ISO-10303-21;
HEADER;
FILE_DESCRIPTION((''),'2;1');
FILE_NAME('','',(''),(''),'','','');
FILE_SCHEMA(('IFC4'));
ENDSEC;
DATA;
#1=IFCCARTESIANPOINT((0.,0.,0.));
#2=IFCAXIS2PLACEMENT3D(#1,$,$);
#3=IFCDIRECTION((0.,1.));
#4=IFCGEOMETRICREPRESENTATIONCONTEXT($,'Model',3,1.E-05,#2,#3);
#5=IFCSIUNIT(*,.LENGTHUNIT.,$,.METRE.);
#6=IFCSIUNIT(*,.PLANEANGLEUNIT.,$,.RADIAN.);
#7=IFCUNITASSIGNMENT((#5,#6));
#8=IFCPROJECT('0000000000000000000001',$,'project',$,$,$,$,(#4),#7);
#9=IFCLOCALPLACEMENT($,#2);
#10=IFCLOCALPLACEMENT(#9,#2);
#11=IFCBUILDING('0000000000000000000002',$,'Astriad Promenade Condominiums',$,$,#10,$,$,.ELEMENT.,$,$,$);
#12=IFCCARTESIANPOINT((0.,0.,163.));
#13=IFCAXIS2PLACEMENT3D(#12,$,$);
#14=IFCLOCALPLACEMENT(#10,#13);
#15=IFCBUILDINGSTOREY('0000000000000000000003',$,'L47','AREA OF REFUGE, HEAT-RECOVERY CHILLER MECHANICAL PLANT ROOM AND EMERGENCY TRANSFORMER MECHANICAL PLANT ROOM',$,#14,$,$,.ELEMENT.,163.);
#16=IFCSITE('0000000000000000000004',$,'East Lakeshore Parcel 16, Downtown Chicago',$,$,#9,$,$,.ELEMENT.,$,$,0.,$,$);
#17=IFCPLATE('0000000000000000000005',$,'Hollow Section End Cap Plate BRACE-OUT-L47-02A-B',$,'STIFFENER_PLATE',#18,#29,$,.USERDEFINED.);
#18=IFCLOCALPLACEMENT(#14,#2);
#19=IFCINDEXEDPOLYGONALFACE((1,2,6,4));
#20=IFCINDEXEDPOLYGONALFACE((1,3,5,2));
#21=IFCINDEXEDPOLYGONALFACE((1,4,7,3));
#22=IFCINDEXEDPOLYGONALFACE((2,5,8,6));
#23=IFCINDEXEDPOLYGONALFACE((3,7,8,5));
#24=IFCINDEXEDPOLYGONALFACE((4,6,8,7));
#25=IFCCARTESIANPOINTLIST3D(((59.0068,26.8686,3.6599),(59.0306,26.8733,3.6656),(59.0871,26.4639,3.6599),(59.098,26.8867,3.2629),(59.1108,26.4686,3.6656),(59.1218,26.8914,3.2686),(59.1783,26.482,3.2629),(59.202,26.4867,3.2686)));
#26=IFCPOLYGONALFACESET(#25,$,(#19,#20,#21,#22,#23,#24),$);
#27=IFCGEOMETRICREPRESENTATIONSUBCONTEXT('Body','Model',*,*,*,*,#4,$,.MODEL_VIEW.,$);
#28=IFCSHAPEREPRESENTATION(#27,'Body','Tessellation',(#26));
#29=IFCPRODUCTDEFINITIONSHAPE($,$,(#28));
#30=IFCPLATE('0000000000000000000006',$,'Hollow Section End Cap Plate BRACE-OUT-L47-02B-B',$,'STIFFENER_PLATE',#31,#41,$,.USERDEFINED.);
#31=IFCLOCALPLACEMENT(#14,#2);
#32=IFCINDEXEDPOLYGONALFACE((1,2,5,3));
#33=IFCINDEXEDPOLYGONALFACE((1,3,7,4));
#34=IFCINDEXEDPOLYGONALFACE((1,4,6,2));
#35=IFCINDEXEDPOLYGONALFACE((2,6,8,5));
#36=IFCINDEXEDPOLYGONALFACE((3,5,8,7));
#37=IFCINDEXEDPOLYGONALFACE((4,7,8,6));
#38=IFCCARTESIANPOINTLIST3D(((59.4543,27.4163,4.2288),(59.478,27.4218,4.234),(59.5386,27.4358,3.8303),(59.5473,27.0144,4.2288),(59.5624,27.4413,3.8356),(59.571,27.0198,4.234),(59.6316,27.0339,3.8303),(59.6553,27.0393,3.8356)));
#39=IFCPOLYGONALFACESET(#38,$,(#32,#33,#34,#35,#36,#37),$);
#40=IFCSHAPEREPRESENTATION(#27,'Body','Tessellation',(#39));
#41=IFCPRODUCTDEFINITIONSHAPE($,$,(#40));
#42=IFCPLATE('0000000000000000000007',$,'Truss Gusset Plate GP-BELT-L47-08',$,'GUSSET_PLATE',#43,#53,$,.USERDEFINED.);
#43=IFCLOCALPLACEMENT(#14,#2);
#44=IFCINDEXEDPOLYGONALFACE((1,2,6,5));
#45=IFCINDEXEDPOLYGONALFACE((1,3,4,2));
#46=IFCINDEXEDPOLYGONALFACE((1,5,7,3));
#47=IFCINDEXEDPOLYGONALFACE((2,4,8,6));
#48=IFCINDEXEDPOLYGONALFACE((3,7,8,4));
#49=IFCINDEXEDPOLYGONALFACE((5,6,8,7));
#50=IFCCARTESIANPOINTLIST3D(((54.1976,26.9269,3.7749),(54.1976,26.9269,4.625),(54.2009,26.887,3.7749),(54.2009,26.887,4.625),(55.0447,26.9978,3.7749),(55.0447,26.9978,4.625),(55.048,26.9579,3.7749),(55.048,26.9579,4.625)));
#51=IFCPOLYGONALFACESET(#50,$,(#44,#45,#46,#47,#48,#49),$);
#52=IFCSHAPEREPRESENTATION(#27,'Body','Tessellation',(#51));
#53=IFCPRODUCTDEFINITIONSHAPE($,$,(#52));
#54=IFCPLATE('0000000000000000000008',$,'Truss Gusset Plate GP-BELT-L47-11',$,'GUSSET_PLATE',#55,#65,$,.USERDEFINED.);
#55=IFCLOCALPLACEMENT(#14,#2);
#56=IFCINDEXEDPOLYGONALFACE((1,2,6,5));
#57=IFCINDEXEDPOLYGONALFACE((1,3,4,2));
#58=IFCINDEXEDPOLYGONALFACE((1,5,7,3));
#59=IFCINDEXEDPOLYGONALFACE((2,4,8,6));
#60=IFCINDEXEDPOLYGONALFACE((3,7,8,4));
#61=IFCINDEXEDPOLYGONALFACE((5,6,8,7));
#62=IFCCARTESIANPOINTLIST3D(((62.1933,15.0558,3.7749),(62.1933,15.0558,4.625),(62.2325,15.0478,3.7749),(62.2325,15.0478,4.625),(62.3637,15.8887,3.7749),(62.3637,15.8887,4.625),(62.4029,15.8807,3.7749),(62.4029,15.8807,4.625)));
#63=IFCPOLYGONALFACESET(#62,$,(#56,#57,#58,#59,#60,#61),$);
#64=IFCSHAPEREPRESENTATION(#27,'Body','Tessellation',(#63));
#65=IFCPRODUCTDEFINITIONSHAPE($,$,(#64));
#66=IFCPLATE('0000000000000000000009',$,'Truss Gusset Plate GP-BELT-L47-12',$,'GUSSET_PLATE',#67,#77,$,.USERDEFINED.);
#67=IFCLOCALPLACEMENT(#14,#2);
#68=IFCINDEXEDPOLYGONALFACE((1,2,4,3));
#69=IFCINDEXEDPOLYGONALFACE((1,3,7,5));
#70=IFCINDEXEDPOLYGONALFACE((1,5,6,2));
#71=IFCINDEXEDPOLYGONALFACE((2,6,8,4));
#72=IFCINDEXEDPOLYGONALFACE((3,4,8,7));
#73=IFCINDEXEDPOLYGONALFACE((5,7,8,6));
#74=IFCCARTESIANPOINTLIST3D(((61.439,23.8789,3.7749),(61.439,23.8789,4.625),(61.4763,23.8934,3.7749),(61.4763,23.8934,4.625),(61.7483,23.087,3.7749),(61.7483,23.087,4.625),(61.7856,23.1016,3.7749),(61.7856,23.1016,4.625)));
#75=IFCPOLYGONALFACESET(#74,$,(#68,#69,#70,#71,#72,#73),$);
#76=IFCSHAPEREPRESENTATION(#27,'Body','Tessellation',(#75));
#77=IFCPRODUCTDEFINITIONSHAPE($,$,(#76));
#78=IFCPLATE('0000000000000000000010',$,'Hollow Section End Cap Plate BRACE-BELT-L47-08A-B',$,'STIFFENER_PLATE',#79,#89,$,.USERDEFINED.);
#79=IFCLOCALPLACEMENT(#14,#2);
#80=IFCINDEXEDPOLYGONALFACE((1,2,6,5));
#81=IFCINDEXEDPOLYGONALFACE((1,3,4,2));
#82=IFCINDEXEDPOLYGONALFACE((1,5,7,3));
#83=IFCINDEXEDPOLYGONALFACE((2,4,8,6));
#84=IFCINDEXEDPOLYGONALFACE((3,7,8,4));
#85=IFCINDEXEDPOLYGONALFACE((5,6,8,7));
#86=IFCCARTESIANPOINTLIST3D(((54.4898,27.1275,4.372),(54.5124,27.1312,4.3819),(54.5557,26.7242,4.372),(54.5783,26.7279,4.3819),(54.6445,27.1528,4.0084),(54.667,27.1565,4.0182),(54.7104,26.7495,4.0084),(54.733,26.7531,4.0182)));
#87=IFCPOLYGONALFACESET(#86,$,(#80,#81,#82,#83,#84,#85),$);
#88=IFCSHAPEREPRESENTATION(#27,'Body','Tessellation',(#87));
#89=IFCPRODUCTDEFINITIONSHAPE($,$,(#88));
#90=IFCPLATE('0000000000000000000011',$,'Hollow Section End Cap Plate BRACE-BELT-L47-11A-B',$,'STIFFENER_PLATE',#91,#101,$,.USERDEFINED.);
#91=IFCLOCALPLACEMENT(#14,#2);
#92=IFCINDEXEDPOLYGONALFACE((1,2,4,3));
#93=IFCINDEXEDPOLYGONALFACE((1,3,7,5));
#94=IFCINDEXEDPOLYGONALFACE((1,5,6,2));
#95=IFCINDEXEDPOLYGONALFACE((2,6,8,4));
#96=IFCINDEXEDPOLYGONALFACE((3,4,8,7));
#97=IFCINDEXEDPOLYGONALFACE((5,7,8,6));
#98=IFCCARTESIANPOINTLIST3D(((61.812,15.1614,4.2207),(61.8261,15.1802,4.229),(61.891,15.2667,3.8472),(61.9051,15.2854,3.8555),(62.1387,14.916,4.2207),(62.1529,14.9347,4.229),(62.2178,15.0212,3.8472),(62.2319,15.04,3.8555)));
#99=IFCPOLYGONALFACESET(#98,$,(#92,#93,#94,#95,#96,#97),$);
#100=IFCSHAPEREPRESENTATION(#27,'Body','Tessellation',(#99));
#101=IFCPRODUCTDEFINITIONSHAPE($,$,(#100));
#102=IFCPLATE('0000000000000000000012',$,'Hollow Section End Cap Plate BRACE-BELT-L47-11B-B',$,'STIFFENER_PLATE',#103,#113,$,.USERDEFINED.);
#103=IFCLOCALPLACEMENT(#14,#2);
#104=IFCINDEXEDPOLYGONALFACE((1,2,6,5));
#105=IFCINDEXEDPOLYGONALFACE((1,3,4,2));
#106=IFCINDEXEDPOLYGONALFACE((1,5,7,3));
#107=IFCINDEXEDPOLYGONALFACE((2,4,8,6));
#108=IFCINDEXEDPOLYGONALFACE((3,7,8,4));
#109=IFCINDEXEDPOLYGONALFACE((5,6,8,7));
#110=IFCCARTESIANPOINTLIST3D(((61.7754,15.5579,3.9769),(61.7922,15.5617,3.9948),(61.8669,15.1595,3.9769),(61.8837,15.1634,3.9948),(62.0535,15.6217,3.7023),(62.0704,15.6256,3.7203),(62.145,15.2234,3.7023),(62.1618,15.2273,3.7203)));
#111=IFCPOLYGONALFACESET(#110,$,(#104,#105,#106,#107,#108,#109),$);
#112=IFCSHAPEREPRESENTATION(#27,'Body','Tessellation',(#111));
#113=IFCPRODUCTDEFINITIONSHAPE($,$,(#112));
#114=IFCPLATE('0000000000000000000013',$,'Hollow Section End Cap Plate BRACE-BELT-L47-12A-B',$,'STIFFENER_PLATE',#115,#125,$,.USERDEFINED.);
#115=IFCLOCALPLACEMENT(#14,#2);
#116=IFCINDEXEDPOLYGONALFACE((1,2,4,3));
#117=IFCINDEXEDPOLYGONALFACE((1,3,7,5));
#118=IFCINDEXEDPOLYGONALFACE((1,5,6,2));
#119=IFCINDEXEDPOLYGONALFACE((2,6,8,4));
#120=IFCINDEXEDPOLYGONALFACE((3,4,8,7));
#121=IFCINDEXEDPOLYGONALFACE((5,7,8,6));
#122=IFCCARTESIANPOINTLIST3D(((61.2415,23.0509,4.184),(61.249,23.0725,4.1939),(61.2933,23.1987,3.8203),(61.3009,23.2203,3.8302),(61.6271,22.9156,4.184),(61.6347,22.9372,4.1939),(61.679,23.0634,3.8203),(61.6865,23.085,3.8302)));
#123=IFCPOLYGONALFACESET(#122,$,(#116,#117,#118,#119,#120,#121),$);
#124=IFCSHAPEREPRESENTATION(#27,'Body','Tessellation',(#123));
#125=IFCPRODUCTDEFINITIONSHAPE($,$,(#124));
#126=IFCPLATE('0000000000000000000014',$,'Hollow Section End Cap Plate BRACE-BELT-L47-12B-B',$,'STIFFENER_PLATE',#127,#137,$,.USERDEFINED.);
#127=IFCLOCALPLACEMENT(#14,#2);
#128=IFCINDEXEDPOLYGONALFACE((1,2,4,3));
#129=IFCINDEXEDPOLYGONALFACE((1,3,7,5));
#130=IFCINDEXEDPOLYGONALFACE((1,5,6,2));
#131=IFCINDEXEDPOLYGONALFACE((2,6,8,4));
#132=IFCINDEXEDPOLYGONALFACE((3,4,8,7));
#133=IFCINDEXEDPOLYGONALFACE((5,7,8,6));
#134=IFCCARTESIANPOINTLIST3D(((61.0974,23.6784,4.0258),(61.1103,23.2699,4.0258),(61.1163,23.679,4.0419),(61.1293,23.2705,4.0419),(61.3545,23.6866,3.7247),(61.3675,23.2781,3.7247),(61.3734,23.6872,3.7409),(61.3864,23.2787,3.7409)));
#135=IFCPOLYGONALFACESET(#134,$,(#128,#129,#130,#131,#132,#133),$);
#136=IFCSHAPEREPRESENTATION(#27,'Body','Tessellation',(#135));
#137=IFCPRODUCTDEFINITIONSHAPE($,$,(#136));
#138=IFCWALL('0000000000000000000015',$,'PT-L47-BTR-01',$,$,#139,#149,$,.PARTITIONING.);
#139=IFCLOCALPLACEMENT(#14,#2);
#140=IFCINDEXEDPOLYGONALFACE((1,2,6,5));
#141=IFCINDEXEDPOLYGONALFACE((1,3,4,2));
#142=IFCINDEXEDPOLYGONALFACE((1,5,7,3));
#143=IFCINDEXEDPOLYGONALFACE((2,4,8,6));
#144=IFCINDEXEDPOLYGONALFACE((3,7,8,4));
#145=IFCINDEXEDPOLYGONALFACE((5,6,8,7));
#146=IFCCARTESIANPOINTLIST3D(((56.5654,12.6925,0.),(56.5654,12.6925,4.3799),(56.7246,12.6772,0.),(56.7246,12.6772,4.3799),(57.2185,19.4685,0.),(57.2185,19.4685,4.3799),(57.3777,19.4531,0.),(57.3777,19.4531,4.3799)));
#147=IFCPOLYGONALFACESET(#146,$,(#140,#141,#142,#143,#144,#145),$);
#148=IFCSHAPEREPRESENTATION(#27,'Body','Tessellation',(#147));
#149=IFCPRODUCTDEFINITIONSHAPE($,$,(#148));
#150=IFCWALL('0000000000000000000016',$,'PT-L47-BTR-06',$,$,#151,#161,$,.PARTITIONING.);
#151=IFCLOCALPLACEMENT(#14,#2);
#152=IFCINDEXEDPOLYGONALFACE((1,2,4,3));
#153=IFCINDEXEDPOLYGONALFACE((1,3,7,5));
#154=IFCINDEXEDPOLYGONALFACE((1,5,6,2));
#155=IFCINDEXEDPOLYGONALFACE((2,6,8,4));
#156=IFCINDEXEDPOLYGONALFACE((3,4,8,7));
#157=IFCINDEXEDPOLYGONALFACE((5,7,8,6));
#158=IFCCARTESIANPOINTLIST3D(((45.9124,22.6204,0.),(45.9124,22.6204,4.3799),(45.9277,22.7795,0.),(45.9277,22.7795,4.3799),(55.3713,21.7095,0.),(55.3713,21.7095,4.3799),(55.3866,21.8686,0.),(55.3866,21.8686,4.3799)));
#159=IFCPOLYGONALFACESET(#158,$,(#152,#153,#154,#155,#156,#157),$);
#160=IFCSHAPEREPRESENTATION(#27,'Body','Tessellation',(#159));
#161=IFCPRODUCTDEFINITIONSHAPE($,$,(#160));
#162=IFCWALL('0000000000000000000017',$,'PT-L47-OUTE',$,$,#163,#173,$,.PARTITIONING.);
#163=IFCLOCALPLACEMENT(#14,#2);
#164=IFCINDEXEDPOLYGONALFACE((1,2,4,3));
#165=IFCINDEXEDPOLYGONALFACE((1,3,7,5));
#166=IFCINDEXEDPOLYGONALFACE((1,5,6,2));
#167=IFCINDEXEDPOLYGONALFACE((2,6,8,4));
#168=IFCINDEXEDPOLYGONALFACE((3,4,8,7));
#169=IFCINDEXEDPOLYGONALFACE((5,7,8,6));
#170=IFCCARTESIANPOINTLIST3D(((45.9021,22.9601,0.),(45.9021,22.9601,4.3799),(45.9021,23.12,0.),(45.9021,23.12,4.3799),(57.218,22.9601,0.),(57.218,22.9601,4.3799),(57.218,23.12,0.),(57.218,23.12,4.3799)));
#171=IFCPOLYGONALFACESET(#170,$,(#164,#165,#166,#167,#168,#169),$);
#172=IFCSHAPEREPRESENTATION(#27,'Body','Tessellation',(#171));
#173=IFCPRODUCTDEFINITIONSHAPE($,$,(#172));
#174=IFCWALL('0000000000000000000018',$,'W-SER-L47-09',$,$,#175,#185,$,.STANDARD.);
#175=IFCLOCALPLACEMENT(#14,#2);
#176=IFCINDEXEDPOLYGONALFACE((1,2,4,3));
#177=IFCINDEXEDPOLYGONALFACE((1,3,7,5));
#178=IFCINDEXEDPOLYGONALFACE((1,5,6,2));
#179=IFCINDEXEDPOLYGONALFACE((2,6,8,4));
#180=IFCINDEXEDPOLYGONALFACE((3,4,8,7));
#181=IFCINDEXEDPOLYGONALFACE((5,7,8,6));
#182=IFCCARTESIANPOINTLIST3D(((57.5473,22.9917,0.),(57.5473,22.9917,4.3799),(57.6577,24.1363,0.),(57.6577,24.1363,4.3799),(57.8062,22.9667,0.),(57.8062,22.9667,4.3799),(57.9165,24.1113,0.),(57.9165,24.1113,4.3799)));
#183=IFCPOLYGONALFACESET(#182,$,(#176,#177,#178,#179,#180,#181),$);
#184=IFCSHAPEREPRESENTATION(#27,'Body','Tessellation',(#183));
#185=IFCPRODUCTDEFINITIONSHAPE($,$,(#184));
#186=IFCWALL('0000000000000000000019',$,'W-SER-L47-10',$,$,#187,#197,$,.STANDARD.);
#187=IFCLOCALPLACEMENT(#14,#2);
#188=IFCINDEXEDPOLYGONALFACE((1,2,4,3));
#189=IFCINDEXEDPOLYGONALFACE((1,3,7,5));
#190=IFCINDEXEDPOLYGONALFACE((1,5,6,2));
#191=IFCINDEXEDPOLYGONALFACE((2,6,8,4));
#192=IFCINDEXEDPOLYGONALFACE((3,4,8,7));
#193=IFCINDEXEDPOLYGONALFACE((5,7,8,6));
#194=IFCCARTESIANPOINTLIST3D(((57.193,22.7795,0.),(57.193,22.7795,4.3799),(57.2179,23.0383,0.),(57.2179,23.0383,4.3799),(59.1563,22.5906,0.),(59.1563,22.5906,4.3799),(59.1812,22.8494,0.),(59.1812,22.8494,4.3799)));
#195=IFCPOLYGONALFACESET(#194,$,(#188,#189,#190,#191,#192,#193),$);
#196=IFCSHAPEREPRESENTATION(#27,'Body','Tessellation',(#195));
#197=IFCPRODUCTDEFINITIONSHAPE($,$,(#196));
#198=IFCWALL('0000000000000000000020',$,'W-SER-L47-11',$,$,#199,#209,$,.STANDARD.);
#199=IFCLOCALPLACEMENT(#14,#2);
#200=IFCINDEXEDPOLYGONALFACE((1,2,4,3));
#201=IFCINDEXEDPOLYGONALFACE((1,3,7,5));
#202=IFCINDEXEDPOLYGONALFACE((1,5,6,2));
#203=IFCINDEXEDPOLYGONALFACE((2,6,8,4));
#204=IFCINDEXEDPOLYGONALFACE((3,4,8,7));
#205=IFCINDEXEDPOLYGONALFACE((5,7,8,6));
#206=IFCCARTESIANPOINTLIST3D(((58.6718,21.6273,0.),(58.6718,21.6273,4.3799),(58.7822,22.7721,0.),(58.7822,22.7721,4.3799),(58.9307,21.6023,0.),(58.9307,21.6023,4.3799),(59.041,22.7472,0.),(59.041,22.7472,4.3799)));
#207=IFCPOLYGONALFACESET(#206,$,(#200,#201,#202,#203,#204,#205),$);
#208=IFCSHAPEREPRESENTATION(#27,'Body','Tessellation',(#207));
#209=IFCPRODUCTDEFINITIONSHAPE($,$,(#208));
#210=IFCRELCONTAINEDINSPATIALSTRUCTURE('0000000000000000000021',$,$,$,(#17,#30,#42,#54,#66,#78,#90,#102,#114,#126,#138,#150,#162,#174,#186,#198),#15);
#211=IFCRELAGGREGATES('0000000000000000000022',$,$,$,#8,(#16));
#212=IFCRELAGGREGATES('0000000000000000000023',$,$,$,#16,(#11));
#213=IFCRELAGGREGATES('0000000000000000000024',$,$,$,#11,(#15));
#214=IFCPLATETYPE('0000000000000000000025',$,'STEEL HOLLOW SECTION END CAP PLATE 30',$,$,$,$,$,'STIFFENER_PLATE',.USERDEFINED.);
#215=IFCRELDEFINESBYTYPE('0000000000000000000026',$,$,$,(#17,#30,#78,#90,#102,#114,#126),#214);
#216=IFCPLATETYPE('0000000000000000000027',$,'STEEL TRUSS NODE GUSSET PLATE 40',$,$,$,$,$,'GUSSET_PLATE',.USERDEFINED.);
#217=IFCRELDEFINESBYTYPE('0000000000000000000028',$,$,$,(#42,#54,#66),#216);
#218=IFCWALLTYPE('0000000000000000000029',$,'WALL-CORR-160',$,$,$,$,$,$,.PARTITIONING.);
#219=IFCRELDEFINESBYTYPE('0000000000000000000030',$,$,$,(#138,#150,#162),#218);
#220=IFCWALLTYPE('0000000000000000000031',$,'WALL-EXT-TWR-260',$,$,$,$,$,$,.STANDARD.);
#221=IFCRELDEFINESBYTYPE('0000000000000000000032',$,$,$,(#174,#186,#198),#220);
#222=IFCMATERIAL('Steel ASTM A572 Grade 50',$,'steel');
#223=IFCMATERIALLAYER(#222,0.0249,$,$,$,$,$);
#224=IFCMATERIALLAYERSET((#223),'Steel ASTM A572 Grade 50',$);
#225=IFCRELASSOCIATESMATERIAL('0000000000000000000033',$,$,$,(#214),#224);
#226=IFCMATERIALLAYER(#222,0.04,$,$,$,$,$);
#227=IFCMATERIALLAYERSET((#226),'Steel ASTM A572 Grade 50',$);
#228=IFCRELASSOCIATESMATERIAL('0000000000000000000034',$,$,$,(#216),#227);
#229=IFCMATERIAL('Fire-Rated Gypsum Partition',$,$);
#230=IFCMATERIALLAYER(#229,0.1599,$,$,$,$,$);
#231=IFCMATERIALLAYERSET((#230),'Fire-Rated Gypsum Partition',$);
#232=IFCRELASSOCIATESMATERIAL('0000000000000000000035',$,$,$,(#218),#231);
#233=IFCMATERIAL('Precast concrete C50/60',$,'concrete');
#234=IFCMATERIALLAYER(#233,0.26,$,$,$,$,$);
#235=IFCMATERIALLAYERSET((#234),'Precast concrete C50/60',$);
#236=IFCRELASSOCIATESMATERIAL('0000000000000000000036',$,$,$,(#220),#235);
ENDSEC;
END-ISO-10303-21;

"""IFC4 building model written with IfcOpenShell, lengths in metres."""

from ifc_helpers import new_model, si_unit, direction, frame, frame_2d, origin, origin_2d, place, context, subcontext, project, spatial, rectangle, extrude, source, transform, mapped, material, layer, layer_set, type_object, type_shapes, element, save


model = new_model("IFC4")

# Units and contexts
model_context = context("Model", 3, precision=1e-05, world=origin(), true_north=direction((0.0, 1.0)))
body_context = subcontext(model_context, "Body", "Model", "MODEL_VIEW")
ifc_project = project(units=[si_unit("LENGTHUNIT", "METRE"), si_unit("PLANEANGLEUNIT", "RADIAN")], contexts=[model_context])

# Site, building, storey
site_placement = place(None, origin())
site = spatial("IfcSite", under=ifc_project, at=site_placement, Name="East Lakeshore Parcel 16, Downtown Chicago", CompositionType="ELEMENT", RefElevation=0.0)
building_placement = place(site_placement, origin())
building = spatial("IfcBuilding", under=site, at=building_placement, Name="Astriad Promenade Condominiums", CompositionType="ELEMENT")
storey_placement = place(building_placement, frame((0.0, 0.0, 163.0)))
storey = spatial("IfcBuildingStorey", under=building, at=storey_placement, Name="L47", Description="AREA OF REFUGE, HEAT-RECOVERY CHILLER MECHANICAL PLANT ROOM AND EMERGENCY TRANSFORMER MECHANICAL PLANT ROOM", CompositionType="ELEMENT", Elevation=163.0)

# Plates
ifc_material_1 = material(Name="Steel ASTM A572 Grade 50", Category="steel")
ifc_layer_1 = layer(ifc_material_1, 0.0249)
ifc_layer_set_1 = layer_set([ifc_layer_1], Name="Steel ASTM A572 Grade 50")
plate_type_1 = type_object("IfcPlateType", Name="STEEL HOLLOW SECTION END CAP PLATE 30", ElementType="STIFFENER_PLATE", PredefinedType="USERDEFINED", material=ifc_layer_set_1)
shared_shape_1 = source(origin(), body_context, "Body", "SweptSolid", [
    extrude(rectangle(XDim=0.4126, YDim=0.4077, at=origin_2d()), origin(), (0.0, 0.0, 1.0), 0.0249),
])
for number, where, z_axis, x_axis, name in (
    (1, (59.0925, 26.6753, 3.4614), (0.955062, 0.18937, 0.228027), (-0.194494, 0.980904, 0.0), "Hollow Section End Cap Plate BRACE-OUT-L47-02A-B"),
    (2, (59.543, 27.2251, 4.0295), (0.952062, 0.220215, 0.212328), (-0.225354, 0.974277, 0.0), "Hollow Section End Cap Plate BRACE-OUT-L47-02B-B"),
):
    element("IfcPlate", number, at=place(storey_placement, frame(where, z_axis=z_axis, x_axis=x_axis)), inside=storey, type_object=plate_type_1, Name=name, ObjectType="STIFFENER_PLATE", PredefinedType="USERDEFINED", context=body_context, shape_type="MappedRepresentation", body=[
        mapped(shared_shape_1, transform((0.0, 0.0, 0.0), scale=1.0)),
    ])
ifc_layer_2 = layer(ifc_material_1, 0.04)
ifc_layer_set_2 = layer_set([ifc_layer_2], Name="Steel ASTM A572 Grade 50")
plate_type_2 = type_object("IfcPlateType", Name="STEEL TRUSS NODE GUSSET PLATE 40", ElementType="GUSSET_PLATE", PredefinedType="USERDEFINED", material=ifc_layer_set_2)
shared_shape_2 = source(origin(), body_context, "Body", "SweptSolid", [
    extrude(rectangle(XDim=0.8501, YDim=0.04, at=origin_2d()), origin(), (0.0, 0.0, 1.0), 0.8501),
])
type_shapes(plate_type_2, [shared_shape_2])
for number, where, z_axis, x_axis, name in (
    (3, (54.6228, 26.9424, 3.7749), (0.0, 0.0, 1.0), (0.996522, 0.08333, 0.0), "Truss Gusset Plate GP-BELT-L47-08"),
    (4, (62.2981, 15.4683, 3.7749), (0.0, 0.0, 1.0), (0.200394, 0.979715, 0.0), "Truss Gusset Plate GP-BELT-L47-11"),
    (5, (61.6123, 23.4902, 3.7749), (0.0, 0.0, 1.0), (-0.363739, 0.931501, 0.0), "Truss Gusset Plate GP-BELT-L47-12"),
):
    element("IfcPlate", number, at=place(storey_placement, frame(where, z_axis=z_axis, x_axis=x_axis)), inside=storey, type_object=plate_type_2, Name=name, ObjectType="GUSSET_PLATE", PredefinedType="USERDEFINED", context=body_context, shape_type="MappedRepresentation", body=[
        mapped(shared_shape_2, transform((0.0, 0.0, 0.0), scale=1.0)),
    ])
shared_shape_3 = source(origin(), body_context, "Body", "SweptSolid", [
    extrude(rectangle(XDim=0.4087, YDim=0.396, at=origin_2d()), origin(), (0.0, 0.0, 1.0), 0.0249),
])
for number, where, z_axis, x_axis, name in (
    (6, (54.6001, 26.9385, 4.1902), (0.906297, 0.148161, 0.395821), (-0.161338, 0.986899, 0.0), "Hollow Section End Cap Plate BRACE-BELT-L47-08A-B"),
    (7, (62.0149, 15.0913, 4.0339), (0.566496, 0.754071, 0.332355), (-0.79952, 0.60064, 0.0), "Hollow Section End Cap Plate BRACE-BELT-L47-11A-B"),
    (8, (61.9602, 15.3906, 3.8396), (0.6757, 0.155164, 0.720662), (-0.22381, 0.974633, 0.0), "Hollow Section End Cap Plate BRACE-BELT-L47-11B-B"),
    (9, (61.4602, 23.0571, 4.0022), (0.304051, 0.86667, 0.395521), (-0.943615, 0.331045, 0.0), "Hollow Section End Cap Plate BRACE-BELT-L47-12A-B"),
    (10, (61.2324, 23.4783, 3.8752), (0.759796, 0.024127, 0.649714), (-0.031738, 0.999496, 0.0), "Hollow Section End Cap Plate BRACE-BELT-L47-12B-B"),
):
    element("IfcPlate", number, at=place(storey_placement, frame(where, z_axis=z_axis, x_axis=x_axis)), inside=storey, type_object=plate_type_1, Name=name, ObjectType="STIFFENER_PLATE", PredefinedType="USERDEFINED", context=body_context, shape_type="MappedRepresentation", body=[
        mapped(shared_shape_3, transform((0.0, 0.0, 0.0), scale=1.0)),
    ])

# Walls
ifc_material_2 = material(Name="Fire-Rated Gypsum Partition")
ifc_layer_3 = layer(ifc_material_2, 0.1599)
ifc_layer_set_3 = layer_set([ifc_layer_3], Name="Fire-Rated Gypsum Partition")
wall_type_1 = type_object("IfcWallType", Name="WALL-CORR-160", PredefinedType="PARTITIONING", material=ifc_layer_set_3)
wall_1_placement = place(storey_placement, frame((57.2981, 19.4609, 0.0), z_axis=(0.0, 0.0, 1.0), x_axis=(-0.095938, -0.995387, 0.0)))
element("IfcWall", 11, at=wall_1_placement, inside=storey, type_object=wall_type_1, Name="PT-L47-BTR-01", PredefinedType="PARTITIONING", context=body_context, shape_type="SweptSolid", body=[
    extrude(rectangle(XDim=6.8074, YDim=0.1599, at=frame_2d((3.4038, 0.0))), origin(), (0.0, 0.0, 1.0), 4.3799),
])
wall_2_placement = place(storey_placement, frame((45.9199, 22.7, 0.0), z_axis=(0.0, 0.0, 1.0), x_axis=(0.995395, -0.095855, 0.0)))
element("IfcWall", 12, at=wall_2_placement, inside=storey, type_object=wall_type_1, Name="PT-L47-BTR-06", PredefinedType="PARTITIONING", context=body_context, shape_type="SweptSolid", body=[
    extrude(rectangle(XDim=9.5027, YDim=0.1599, at=frame_2d((4.7515, 0.0))), origin(), (0.0, 0.0, 1.0), 4.3799),
])
wall_3_placement = place(storey_placement, frame((45.9021, 23.04, 0.0), z_axis=(0.0, 0.0, 1.0), x_axis=(1.0, 0.0, 0.0)))
element("IfcWall", 13, at=wall_3_placement, inside=storey, type_object=wall_type_1, Name="PT-L47-OUTE", PredefinedType="PARTITIONING", context=body_context, shape_type="SweptSolid", body=[
    extrude(rectangle(XDim=11.3159, YDim=0.1599, at=frame_2d((5.658, 0.0))), origin(), (0.0, 0.0, 1.0), 4.3799),
])
ifc_material_3 = material(Name="Precast concrete C50/60", Category="concrete")
ifc_layer_4 = layer(ifc_material_3, 0.26)
ifc_layer_set_4 = layer_set([ifc_layer_4], Name="Precast concrete C50/60")
wall_type_2 = type_object("IfcWallType", Name="WALL-EXT-TWR-260", PredefinedType="STANDARD", material=ifc_layer_set_4)
wall_4_placement = place(storey_placement, frame((57.7871, 24.1238, 0.0), z_axis=(0.0, 0.0, 1.0), x_axis=(-0.095971, -0.995384, 0.0)))
element("IfcWall", 14, at=wall_4_placement, inside=storey, type_object=wall_type_2, Name="W-SER-L47-09", PredefinedType="STANDARD", context=body_context, shape_type="SweptSolid", body=[
    extrude(rectangle(XDim=1.1499, YDim=0.26, at=frame_2d((0.575, 0.0))), origin(), (0.0, 0.0, 1.0), 4.3799),
])
wall_5_placement = place(storey_placement, frame((57.2053, 22.9089, 0.0), z_axis=(0.0, 0.0, 1.0), x_axis=(0.9954, -0.095802, 0.0)))
element("IfcWall", 15, at=wall_5_placement, inside=storey, type_object=wall_type_2, Name="W-SER-L47-10", PredefinedType="STANDARD", context=body_context, shape_type="SweptSolid", body=[
    extrude(rectangle(XDim=1.9724, YDim=0.26, at=frame_2d((0.9863, 0.0))), origin(), (0.0, 0.0, 1.0), 4.3799),
])
wall_6_placement = place(storey_placement, frame((58.9116, 22.7598, 0.0), z_axis=(0.0, 0.0, 1.0), x_axis=(-0.095951, -0.995386, 0.0)))
element("IfcWall", 16, at=wall_6_placement, inside=storey, type_object=wall_type_2, Name="W-SER-L47-11", PredefinedType="STANDARD", context=body_context, shape_type="SweptSolid", body=[
    extrude(rectangle(XDim=1.1501, YDim=0.26, at=frame_2d((0.5752, 0.0))), origin(), (0.0, 0.0, 1.0), 4.3799),
])

save(model, "model.ifc")
